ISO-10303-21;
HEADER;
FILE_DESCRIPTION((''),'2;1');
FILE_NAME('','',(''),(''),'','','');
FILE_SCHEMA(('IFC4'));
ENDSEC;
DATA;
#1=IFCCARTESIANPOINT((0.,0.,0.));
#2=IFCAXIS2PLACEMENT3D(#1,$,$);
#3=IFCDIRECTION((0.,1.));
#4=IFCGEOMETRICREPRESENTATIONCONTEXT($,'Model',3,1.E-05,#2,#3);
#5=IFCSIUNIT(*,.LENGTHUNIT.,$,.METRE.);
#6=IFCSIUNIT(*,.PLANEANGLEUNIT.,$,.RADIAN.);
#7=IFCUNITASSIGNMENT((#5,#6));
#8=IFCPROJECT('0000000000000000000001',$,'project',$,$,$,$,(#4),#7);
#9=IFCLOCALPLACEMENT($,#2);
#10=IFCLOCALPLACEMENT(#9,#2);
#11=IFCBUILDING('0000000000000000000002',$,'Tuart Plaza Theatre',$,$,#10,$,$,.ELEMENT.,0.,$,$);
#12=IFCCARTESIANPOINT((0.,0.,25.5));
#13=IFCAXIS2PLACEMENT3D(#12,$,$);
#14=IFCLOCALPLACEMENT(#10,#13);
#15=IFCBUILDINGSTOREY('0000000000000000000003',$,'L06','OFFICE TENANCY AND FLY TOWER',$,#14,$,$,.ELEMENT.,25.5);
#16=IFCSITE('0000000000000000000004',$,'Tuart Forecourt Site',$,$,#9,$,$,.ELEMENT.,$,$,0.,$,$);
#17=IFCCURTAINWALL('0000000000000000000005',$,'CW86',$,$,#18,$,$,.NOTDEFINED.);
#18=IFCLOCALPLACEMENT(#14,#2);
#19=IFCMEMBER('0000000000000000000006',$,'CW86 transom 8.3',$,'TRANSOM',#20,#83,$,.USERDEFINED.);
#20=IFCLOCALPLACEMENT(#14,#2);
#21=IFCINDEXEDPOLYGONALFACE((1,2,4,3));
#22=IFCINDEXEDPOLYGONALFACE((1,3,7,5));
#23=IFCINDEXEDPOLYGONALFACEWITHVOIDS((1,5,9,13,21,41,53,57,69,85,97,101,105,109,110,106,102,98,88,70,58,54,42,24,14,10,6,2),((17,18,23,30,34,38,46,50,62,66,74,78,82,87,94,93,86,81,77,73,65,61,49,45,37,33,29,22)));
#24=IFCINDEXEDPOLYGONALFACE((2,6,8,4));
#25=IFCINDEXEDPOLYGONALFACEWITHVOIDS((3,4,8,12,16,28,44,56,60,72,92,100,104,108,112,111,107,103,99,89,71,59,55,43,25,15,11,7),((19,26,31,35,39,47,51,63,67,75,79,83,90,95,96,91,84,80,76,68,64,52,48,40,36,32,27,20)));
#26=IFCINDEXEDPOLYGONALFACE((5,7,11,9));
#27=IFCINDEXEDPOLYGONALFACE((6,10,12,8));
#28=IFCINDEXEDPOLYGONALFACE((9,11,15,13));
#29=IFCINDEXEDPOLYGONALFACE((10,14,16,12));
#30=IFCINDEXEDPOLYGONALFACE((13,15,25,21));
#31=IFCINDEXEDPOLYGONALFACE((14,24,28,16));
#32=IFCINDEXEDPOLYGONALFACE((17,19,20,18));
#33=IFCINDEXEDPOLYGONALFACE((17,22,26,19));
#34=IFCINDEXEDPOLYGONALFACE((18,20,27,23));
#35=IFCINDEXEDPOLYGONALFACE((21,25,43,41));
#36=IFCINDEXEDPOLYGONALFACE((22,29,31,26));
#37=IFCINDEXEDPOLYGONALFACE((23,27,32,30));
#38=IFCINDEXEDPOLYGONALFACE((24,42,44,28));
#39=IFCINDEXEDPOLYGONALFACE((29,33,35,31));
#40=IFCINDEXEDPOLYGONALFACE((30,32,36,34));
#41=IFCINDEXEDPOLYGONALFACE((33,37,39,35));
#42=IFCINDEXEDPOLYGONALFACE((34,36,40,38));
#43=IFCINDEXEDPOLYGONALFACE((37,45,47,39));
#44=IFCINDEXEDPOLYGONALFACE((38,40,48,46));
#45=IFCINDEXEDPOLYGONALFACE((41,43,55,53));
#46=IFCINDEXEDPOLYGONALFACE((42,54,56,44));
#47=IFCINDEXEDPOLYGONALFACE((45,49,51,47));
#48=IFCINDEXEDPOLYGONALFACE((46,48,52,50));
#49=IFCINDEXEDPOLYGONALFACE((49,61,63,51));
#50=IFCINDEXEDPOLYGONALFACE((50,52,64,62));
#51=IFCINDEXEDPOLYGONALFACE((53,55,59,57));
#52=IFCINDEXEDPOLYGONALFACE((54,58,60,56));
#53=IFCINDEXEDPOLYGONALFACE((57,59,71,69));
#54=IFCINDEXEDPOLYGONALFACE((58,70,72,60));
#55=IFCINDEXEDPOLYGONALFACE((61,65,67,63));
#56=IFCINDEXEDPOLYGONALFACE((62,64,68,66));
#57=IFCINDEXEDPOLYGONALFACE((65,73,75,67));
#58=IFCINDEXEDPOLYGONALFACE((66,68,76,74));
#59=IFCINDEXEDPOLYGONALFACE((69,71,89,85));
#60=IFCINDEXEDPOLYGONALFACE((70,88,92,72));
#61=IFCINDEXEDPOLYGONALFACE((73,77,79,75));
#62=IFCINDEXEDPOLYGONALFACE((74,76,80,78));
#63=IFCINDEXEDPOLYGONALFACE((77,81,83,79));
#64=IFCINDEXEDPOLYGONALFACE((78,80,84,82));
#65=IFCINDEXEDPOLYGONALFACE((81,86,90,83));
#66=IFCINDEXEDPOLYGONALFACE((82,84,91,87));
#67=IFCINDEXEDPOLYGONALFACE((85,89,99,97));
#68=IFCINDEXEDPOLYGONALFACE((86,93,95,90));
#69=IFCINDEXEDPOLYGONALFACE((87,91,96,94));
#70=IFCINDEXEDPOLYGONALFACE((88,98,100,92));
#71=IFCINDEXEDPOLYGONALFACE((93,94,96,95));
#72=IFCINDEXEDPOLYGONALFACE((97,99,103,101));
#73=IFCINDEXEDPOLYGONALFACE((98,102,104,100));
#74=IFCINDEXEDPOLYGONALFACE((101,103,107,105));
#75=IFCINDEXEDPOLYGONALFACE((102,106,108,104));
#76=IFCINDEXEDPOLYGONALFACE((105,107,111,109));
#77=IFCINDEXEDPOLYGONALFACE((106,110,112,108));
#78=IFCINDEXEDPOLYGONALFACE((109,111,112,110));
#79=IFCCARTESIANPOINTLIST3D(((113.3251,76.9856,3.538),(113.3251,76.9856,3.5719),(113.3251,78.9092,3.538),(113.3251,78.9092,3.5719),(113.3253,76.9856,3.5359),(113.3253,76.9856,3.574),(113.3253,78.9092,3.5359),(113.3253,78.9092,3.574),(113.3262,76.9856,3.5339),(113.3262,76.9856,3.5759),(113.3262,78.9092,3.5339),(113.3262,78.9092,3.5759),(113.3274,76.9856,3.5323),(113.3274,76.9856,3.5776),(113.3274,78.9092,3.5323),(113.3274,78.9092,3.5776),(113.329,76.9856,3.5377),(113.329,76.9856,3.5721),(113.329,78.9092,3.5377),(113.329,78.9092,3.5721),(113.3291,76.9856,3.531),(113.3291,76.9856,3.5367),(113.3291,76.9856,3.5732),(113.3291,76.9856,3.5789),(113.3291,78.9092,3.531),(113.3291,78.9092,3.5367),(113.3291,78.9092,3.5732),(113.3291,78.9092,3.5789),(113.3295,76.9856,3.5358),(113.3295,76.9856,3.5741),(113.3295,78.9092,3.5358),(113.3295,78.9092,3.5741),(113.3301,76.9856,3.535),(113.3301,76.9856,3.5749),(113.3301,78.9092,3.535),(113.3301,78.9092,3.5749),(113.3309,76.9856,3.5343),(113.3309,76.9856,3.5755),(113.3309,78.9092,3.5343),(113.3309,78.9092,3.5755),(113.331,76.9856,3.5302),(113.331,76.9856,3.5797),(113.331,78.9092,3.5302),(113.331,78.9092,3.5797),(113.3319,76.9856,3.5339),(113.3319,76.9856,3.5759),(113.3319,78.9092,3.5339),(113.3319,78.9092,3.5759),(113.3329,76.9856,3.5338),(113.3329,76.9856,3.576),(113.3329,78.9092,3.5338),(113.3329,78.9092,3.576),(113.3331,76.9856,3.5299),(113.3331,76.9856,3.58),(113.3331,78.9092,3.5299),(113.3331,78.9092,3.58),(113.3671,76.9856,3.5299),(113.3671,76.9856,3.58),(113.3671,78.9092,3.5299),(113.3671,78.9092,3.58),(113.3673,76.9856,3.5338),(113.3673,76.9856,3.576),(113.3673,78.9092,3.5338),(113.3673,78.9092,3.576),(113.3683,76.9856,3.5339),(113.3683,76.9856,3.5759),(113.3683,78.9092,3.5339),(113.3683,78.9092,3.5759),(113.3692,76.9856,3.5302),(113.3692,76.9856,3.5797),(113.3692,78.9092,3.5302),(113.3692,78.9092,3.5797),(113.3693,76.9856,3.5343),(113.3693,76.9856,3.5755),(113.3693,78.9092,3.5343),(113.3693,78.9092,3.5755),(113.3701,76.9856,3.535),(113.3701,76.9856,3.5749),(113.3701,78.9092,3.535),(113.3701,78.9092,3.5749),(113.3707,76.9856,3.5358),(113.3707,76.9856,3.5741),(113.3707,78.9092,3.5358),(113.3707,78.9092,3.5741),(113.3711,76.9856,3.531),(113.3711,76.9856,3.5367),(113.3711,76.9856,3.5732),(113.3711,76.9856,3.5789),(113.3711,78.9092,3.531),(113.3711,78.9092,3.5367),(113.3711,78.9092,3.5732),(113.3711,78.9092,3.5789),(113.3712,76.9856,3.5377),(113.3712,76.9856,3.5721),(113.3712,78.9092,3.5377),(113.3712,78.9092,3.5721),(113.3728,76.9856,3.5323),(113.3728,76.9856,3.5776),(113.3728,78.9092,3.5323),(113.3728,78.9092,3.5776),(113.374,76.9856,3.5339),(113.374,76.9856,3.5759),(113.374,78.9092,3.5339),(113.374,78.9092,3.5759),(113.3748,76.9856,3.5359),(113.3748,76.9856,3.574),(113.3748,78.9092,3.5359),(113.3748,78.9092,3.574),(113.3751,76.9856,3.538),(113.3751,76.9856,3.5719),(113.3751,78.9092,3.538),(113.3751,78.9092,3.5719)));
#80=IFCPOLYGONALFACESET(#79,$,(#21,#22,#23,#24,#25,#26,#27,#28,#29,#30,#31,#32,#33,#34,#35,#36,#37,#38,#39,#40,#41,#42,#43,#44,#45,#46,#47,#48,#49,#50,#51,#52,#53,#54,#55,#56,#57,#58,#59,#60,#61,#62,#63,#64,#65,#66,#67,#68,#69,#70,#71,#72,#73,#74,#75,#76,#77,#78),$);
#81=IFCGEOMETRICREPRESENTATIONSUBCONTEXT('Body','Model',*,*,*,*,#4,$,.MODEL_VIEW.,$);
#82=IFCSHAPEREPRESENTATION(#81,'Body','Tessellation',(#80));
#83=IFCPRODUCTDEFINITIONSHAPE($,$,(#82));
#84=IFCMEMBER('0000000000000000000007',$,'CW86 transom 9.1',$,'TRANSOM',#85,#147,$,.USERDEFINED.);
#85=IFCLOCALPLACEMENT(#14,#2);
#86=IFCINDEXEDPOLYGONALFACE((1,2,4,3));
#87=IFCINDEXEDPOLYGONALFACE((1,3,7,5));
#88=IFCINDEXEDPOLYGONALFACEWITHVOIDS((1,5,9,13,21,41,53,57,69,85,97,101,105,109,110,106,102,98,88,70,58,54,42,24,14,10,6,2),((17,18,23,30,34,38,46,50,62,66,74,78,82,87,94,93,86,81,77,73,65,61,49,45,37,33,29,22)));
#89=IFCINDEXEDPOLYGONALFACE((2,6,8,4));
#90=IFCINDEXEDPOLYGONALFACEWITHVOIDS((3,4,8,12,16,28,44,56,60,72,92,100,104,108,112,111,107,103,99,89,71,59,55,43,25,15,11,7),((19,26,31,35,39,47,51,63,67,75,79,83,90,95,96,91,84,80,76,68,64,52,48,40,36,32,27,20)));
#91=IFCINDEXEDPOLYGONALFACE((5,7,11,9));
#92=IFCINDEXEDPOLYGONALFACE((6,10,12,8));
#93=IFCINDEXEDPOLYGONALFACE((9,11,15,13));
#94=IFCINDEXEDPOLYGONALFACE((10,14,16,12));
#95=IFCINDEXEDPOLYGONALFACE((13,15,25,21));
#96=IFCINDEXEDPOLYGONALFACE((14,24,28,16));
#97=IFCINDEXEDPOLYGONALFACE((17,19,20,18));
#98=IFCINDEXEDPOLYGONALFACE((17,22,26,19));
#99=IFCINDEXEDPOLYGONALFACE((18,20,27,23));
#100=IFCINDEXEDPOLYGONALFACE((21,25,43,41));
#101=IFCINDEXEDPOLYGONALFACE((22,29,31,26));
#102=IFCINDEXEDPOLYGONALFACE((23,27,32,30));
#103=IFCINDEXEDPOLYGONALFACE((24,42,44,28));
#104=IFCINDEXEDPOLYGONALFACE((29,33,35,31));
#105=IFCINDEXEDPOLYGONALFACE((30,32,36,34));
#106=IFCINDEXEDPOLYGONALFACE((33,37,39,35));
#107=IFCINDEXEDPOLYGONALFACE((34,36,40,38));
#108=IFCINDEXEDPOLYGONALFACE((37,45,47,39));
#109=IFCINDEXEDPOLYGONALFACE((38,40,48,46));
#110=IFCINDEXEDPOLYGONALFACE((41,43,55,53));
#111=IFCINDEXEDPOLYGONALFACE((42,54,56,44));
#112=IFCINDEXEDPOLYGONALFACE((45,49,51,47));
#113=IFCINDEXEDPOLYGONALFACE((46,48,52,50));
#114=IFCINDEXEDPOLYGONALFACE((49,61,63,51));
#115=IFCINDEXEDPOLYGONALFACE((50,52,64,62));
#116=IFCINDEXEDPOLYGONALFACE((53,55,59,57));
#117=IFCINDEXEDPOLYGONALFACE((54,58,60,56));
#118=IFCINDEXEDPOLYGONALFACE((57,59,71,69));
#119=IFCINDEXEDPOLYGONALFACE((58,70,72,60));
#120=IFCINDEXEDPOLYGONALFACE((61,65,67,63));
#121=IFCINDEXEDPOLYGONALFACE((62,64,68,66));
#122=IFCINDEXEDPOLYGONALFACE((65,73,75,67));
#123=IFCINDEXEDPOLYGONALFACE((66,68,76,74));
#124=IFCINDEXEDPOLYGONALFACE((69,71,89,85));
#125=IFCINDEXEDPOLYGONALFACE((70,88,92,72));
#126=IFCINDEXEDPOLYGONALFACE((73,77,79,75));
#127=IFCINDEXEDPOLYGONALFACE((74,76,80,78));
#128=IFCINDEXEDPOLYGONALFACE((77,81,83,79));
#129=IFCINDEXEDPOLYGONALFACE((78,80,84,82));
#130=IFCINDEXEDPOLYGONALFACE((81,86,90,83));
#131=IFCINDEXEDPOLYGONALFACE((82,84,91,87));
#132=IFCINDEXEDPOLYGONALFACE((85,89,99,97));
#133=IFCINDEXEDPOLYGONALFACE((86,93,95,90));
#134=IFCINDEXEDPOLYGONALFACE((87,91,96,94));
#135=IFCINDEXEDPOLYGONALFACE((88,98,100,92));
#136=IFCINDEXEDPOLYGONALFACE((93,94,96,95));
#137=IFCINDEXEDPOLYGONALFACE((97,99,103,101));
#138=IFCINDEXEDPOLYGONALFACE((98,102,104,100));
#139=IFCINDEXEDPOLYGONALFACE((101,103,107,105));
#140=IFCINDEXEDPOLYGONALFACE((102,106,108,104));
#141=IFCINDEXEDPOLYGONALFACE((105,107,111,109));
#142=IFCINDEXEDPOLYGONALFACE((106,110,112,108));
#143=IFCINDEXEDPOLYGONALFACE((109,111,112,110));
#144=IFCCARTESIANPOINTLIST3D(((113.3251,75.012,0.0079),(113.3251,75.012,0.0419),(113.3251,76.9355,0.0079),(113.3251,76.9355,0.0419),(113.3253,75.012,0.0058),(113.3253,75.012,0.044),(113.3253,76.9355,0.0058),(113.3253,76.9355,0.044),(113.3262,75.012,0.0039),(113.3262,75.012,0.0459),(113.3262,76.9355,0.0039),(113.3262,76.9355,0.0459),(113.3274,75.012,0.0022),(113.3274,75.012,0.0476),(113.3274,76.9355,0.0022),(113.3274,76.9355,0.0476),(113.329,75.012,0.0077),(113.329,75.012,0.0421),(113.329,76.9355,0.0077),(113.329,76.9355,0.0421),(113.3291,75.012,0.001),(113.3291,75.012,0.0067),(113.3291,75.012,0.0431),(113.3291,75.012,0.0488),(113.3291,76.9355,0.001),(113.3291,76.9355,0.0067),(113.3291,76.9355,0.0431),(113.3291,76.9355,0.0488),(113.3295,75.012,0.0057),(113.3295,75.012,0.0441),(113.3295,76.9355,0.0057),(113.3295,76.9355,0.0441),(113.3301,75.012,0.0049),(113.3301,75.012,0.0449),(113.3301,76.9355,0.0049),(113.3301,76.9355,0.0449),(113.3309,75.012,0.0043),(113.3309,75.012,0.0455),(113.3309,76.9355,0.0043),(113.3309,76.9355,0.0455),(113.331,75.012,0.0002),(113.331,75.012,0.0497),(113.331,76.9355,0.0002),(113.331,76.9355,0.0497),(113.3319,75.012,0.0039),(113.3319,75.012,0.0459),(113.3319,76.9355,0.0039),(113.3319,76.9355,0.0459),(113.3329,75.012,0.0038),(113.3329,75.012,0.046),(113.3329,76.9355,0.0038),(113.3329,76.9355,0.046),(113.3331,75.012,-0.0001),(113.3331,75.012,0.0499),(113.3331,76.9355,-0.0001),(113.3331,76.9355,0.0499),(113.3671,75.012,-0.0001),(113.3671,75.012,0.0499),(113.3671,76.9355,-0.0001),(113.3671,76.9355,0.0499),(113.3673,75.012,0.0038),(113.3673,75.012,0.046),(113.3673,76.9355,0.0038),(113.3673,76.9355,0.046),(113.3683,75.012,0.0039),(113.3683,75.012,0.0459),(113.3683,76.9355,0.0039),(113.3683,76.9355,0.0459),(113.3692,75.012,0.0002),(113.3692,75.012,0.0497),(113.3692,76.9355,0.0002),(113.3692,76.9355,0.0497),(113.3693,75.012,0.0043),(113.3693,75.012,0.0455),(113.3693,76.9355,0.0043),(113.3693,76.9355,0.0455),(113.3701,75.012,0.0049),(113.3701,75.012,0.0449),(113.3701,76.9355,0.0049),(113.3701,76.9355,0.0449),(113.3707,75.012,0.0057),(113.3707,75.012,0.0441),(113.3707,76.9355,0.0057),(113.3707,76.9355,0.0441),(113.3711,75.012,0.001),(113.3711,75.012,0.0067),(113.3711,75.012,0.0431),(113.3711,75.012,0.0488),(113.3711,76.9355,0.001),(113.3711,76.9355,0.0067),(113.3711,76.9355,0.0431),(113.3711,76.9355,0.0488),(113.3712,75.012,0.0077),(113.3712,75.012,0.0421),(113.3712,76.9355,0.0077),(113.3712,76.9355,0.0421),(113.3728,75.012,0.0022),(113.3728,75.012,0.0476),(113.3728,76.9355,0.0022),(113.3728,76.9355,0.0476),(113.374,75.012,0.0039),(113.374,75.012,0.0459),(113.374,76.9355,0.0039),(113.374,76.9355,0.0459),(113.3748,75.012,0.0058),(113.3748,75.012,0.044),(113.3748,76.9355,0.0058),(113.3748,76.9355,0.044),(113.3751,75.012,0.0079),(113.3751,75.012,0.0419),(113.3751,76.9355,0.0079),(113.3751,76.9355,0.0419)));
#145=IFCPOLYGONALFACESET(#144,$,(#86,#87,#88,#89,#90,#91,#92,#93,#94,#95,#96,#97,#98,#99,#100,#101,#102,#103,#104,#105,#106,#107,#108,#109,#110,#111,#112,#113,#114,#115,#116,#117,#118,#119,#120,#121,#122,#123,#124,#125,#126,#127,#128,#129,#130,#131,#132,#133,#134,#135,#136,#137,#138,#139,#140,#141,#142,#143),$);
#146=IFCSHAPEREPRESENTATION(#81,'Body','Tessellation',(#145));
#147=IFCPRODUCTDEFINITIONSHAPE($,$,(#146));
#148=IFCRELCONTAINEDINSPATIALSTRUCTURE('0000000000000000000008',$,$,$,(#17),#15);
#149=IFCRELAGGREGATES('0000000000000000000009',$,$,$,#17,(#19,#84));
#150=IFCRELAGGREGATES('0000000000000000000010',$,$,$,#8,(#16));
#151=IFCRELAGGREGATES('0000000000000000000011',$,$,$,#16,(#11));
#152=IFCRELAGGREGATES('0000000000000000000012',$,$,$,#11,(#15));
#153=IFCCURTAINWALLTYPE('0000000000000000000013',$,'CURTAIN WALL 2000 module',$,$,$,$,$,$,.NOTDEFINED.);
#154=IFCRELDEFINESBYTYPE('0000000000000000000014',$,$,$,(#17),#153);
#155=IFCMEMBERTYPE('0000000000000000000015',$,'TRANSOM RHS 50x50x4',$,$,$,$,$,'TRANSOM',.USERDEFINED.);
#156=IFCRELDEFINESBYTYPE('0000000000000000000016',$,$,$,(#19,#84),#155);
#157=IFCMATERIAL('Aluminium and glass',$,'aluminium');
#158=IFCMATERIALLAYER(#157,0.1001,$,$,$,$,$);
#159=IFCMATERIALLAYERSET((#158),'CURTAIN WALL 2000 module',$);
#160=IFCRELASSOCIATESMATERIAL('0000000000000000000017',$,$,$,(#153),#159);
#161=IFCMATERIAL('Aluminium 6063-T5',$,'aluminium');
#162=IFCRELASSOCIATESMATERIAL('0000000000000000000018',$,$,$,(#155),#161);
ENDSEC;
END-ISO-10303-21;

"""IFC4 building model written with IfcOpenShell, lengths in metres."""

from ifc_helpers import new_model, si_unit, direction, frame, origin, origin_2d, place, context, subcontext, project, spatial, hollow_rectangle, extrude, material, layer, layer_set, material_profile, profile_set, type_object, element, aggregate, save


model = new_model("IFC4")

# Units and contexts
model_context = context("Model", 3, precision=1e-05, world=origin(), true_north=direction((0.0, 1.0)))
body_context = subcontext(model_context, "Body", "Model", "MODEL_VIEW")
ifc_project = project(units=[si_unit("LENGTHUNIT", "METRE"), si_unit("PLANEANGLEUNIT", "RADIAN")], contexts=[model_context])

# Site, building, storey
site_placement = place(None, origin())
site = spatial("IfcSite", under=ifc_project, at=site_placement, Name="Tuart Forecourt Site", CompositionType="ELEMENT", RefElevation=0.0)
building_placement = place(site_placement, origin())
building = spatial("IfcBuilding", under=site, at=building_placement, Name="Tuart Plaza Theatre", CompositionType="ELEMENT", ElevationOfRefHeight=0.0)
storey_placement = place(building_placement, frame((0.0, 0.0, 25.5)))
storey = spatial("IfcBuildingStorey", under=building, at=storey_placement, Name="L06", Description="OFFICE TENANCY AND FLY TOWER", CompositionType="ELEMENT", Elevation=25.5)

# Curtain wall, members
ifc_material_1 = material(Name="Aluminium and glass", Category="aluminium")
ifc_layer_1 = layer(ifc_material_1, 0.1001)
ifc_layer_set_1 = layer_set([ifc_layer_1], Name="CURTAIN WALL 2000 module")
curtain_wall_type = type_object("IfcCurtainWallType", Name="CURTAIN WALL 2000 module", PredefinedType="NOTDEFINED", material=ifc_layer_set_1)
curtain_wall_placement = place(storey_placement, origin())
curtain_wall = element("IfcCurtainWall", 1, at=curtain_wall_placement, inside=storey, type_object=curtain_wall_type, Name="CW86", PredefinedType="NOTDEFINED")
ifc_material_2 = material(Name="Aluminium 6063-T5", Category="aluminium")
ifc_material_profile = material_profile(ifc_material_2, hollow_rectangle(XDim=0.05, YDim=0.05, WallThickness=0.0039, InnerFilletRadius=0.0039, OuterFilletRadius=0.0081, at=origin_2d()), Name="RHS 50x50x4")
ifc_profile_set = profile_set([ifc_material_profile], Name="Aluminium 6063-T5")
member_type = type_object("IfcMemberType", Name="TRANSOM RHS 50x50x4", ElementType="TRANSOM", PredefinedType="USERDEFINED", material=ifc_profile_set)
member_1_placement = place(storey_placement, frame((113.3501, 78.9092, 3.5549), z_axis=(0.0, -1.0, 0.0), x_axis=(1.0, 0.0, 0.0)))
member_1 = element("IfcMember", 2, at=member_1_placement, type_object=member_type, Name="CW86 transom 8.3", ObjectType="TRANSOM", PredefinedType="USERDEFINED", context=body_context, shape_type="SweptSolid", body=[
    extrude(hollow_rectangle(XDim=0.05, YDim=0.05, WallThickness=0.0039, InnerFilletRadius=0.0039, OuterFilletRadius=0.0081, at=origin_2d()), origin(), (0.0, 0.0, 1.0), 1.9236),
])
member_2_placement = place(storey_placement, frame((113.3501, 76.9355, 0.0249), z_axis=(0.0, -1.0, 0.0), x_axis=(1.0, 0.0, 0.0)))
member_2 = element("IfcMember", 3, at=member_2_placement, type_object=member_type, Name="CW86 transom 9.1", ObjectType="TRANSOM", PredefinedType="USERDEFINED", context=body_context, shape_type="SweptSolid", body=[
    extrude(hollow_rectangle(XDim=0.05, YDim=0.05, WallThickness=0.0039, InnerFilletRadius=0.0039, OuterFilletRadius=0.0081, at=origin_2d()), origin(), (0.0, 0.0, 1.0), 1.9236),
])
aggregate(curtain_wall, [member_1, member_2])

save(model, "model.ifc")
